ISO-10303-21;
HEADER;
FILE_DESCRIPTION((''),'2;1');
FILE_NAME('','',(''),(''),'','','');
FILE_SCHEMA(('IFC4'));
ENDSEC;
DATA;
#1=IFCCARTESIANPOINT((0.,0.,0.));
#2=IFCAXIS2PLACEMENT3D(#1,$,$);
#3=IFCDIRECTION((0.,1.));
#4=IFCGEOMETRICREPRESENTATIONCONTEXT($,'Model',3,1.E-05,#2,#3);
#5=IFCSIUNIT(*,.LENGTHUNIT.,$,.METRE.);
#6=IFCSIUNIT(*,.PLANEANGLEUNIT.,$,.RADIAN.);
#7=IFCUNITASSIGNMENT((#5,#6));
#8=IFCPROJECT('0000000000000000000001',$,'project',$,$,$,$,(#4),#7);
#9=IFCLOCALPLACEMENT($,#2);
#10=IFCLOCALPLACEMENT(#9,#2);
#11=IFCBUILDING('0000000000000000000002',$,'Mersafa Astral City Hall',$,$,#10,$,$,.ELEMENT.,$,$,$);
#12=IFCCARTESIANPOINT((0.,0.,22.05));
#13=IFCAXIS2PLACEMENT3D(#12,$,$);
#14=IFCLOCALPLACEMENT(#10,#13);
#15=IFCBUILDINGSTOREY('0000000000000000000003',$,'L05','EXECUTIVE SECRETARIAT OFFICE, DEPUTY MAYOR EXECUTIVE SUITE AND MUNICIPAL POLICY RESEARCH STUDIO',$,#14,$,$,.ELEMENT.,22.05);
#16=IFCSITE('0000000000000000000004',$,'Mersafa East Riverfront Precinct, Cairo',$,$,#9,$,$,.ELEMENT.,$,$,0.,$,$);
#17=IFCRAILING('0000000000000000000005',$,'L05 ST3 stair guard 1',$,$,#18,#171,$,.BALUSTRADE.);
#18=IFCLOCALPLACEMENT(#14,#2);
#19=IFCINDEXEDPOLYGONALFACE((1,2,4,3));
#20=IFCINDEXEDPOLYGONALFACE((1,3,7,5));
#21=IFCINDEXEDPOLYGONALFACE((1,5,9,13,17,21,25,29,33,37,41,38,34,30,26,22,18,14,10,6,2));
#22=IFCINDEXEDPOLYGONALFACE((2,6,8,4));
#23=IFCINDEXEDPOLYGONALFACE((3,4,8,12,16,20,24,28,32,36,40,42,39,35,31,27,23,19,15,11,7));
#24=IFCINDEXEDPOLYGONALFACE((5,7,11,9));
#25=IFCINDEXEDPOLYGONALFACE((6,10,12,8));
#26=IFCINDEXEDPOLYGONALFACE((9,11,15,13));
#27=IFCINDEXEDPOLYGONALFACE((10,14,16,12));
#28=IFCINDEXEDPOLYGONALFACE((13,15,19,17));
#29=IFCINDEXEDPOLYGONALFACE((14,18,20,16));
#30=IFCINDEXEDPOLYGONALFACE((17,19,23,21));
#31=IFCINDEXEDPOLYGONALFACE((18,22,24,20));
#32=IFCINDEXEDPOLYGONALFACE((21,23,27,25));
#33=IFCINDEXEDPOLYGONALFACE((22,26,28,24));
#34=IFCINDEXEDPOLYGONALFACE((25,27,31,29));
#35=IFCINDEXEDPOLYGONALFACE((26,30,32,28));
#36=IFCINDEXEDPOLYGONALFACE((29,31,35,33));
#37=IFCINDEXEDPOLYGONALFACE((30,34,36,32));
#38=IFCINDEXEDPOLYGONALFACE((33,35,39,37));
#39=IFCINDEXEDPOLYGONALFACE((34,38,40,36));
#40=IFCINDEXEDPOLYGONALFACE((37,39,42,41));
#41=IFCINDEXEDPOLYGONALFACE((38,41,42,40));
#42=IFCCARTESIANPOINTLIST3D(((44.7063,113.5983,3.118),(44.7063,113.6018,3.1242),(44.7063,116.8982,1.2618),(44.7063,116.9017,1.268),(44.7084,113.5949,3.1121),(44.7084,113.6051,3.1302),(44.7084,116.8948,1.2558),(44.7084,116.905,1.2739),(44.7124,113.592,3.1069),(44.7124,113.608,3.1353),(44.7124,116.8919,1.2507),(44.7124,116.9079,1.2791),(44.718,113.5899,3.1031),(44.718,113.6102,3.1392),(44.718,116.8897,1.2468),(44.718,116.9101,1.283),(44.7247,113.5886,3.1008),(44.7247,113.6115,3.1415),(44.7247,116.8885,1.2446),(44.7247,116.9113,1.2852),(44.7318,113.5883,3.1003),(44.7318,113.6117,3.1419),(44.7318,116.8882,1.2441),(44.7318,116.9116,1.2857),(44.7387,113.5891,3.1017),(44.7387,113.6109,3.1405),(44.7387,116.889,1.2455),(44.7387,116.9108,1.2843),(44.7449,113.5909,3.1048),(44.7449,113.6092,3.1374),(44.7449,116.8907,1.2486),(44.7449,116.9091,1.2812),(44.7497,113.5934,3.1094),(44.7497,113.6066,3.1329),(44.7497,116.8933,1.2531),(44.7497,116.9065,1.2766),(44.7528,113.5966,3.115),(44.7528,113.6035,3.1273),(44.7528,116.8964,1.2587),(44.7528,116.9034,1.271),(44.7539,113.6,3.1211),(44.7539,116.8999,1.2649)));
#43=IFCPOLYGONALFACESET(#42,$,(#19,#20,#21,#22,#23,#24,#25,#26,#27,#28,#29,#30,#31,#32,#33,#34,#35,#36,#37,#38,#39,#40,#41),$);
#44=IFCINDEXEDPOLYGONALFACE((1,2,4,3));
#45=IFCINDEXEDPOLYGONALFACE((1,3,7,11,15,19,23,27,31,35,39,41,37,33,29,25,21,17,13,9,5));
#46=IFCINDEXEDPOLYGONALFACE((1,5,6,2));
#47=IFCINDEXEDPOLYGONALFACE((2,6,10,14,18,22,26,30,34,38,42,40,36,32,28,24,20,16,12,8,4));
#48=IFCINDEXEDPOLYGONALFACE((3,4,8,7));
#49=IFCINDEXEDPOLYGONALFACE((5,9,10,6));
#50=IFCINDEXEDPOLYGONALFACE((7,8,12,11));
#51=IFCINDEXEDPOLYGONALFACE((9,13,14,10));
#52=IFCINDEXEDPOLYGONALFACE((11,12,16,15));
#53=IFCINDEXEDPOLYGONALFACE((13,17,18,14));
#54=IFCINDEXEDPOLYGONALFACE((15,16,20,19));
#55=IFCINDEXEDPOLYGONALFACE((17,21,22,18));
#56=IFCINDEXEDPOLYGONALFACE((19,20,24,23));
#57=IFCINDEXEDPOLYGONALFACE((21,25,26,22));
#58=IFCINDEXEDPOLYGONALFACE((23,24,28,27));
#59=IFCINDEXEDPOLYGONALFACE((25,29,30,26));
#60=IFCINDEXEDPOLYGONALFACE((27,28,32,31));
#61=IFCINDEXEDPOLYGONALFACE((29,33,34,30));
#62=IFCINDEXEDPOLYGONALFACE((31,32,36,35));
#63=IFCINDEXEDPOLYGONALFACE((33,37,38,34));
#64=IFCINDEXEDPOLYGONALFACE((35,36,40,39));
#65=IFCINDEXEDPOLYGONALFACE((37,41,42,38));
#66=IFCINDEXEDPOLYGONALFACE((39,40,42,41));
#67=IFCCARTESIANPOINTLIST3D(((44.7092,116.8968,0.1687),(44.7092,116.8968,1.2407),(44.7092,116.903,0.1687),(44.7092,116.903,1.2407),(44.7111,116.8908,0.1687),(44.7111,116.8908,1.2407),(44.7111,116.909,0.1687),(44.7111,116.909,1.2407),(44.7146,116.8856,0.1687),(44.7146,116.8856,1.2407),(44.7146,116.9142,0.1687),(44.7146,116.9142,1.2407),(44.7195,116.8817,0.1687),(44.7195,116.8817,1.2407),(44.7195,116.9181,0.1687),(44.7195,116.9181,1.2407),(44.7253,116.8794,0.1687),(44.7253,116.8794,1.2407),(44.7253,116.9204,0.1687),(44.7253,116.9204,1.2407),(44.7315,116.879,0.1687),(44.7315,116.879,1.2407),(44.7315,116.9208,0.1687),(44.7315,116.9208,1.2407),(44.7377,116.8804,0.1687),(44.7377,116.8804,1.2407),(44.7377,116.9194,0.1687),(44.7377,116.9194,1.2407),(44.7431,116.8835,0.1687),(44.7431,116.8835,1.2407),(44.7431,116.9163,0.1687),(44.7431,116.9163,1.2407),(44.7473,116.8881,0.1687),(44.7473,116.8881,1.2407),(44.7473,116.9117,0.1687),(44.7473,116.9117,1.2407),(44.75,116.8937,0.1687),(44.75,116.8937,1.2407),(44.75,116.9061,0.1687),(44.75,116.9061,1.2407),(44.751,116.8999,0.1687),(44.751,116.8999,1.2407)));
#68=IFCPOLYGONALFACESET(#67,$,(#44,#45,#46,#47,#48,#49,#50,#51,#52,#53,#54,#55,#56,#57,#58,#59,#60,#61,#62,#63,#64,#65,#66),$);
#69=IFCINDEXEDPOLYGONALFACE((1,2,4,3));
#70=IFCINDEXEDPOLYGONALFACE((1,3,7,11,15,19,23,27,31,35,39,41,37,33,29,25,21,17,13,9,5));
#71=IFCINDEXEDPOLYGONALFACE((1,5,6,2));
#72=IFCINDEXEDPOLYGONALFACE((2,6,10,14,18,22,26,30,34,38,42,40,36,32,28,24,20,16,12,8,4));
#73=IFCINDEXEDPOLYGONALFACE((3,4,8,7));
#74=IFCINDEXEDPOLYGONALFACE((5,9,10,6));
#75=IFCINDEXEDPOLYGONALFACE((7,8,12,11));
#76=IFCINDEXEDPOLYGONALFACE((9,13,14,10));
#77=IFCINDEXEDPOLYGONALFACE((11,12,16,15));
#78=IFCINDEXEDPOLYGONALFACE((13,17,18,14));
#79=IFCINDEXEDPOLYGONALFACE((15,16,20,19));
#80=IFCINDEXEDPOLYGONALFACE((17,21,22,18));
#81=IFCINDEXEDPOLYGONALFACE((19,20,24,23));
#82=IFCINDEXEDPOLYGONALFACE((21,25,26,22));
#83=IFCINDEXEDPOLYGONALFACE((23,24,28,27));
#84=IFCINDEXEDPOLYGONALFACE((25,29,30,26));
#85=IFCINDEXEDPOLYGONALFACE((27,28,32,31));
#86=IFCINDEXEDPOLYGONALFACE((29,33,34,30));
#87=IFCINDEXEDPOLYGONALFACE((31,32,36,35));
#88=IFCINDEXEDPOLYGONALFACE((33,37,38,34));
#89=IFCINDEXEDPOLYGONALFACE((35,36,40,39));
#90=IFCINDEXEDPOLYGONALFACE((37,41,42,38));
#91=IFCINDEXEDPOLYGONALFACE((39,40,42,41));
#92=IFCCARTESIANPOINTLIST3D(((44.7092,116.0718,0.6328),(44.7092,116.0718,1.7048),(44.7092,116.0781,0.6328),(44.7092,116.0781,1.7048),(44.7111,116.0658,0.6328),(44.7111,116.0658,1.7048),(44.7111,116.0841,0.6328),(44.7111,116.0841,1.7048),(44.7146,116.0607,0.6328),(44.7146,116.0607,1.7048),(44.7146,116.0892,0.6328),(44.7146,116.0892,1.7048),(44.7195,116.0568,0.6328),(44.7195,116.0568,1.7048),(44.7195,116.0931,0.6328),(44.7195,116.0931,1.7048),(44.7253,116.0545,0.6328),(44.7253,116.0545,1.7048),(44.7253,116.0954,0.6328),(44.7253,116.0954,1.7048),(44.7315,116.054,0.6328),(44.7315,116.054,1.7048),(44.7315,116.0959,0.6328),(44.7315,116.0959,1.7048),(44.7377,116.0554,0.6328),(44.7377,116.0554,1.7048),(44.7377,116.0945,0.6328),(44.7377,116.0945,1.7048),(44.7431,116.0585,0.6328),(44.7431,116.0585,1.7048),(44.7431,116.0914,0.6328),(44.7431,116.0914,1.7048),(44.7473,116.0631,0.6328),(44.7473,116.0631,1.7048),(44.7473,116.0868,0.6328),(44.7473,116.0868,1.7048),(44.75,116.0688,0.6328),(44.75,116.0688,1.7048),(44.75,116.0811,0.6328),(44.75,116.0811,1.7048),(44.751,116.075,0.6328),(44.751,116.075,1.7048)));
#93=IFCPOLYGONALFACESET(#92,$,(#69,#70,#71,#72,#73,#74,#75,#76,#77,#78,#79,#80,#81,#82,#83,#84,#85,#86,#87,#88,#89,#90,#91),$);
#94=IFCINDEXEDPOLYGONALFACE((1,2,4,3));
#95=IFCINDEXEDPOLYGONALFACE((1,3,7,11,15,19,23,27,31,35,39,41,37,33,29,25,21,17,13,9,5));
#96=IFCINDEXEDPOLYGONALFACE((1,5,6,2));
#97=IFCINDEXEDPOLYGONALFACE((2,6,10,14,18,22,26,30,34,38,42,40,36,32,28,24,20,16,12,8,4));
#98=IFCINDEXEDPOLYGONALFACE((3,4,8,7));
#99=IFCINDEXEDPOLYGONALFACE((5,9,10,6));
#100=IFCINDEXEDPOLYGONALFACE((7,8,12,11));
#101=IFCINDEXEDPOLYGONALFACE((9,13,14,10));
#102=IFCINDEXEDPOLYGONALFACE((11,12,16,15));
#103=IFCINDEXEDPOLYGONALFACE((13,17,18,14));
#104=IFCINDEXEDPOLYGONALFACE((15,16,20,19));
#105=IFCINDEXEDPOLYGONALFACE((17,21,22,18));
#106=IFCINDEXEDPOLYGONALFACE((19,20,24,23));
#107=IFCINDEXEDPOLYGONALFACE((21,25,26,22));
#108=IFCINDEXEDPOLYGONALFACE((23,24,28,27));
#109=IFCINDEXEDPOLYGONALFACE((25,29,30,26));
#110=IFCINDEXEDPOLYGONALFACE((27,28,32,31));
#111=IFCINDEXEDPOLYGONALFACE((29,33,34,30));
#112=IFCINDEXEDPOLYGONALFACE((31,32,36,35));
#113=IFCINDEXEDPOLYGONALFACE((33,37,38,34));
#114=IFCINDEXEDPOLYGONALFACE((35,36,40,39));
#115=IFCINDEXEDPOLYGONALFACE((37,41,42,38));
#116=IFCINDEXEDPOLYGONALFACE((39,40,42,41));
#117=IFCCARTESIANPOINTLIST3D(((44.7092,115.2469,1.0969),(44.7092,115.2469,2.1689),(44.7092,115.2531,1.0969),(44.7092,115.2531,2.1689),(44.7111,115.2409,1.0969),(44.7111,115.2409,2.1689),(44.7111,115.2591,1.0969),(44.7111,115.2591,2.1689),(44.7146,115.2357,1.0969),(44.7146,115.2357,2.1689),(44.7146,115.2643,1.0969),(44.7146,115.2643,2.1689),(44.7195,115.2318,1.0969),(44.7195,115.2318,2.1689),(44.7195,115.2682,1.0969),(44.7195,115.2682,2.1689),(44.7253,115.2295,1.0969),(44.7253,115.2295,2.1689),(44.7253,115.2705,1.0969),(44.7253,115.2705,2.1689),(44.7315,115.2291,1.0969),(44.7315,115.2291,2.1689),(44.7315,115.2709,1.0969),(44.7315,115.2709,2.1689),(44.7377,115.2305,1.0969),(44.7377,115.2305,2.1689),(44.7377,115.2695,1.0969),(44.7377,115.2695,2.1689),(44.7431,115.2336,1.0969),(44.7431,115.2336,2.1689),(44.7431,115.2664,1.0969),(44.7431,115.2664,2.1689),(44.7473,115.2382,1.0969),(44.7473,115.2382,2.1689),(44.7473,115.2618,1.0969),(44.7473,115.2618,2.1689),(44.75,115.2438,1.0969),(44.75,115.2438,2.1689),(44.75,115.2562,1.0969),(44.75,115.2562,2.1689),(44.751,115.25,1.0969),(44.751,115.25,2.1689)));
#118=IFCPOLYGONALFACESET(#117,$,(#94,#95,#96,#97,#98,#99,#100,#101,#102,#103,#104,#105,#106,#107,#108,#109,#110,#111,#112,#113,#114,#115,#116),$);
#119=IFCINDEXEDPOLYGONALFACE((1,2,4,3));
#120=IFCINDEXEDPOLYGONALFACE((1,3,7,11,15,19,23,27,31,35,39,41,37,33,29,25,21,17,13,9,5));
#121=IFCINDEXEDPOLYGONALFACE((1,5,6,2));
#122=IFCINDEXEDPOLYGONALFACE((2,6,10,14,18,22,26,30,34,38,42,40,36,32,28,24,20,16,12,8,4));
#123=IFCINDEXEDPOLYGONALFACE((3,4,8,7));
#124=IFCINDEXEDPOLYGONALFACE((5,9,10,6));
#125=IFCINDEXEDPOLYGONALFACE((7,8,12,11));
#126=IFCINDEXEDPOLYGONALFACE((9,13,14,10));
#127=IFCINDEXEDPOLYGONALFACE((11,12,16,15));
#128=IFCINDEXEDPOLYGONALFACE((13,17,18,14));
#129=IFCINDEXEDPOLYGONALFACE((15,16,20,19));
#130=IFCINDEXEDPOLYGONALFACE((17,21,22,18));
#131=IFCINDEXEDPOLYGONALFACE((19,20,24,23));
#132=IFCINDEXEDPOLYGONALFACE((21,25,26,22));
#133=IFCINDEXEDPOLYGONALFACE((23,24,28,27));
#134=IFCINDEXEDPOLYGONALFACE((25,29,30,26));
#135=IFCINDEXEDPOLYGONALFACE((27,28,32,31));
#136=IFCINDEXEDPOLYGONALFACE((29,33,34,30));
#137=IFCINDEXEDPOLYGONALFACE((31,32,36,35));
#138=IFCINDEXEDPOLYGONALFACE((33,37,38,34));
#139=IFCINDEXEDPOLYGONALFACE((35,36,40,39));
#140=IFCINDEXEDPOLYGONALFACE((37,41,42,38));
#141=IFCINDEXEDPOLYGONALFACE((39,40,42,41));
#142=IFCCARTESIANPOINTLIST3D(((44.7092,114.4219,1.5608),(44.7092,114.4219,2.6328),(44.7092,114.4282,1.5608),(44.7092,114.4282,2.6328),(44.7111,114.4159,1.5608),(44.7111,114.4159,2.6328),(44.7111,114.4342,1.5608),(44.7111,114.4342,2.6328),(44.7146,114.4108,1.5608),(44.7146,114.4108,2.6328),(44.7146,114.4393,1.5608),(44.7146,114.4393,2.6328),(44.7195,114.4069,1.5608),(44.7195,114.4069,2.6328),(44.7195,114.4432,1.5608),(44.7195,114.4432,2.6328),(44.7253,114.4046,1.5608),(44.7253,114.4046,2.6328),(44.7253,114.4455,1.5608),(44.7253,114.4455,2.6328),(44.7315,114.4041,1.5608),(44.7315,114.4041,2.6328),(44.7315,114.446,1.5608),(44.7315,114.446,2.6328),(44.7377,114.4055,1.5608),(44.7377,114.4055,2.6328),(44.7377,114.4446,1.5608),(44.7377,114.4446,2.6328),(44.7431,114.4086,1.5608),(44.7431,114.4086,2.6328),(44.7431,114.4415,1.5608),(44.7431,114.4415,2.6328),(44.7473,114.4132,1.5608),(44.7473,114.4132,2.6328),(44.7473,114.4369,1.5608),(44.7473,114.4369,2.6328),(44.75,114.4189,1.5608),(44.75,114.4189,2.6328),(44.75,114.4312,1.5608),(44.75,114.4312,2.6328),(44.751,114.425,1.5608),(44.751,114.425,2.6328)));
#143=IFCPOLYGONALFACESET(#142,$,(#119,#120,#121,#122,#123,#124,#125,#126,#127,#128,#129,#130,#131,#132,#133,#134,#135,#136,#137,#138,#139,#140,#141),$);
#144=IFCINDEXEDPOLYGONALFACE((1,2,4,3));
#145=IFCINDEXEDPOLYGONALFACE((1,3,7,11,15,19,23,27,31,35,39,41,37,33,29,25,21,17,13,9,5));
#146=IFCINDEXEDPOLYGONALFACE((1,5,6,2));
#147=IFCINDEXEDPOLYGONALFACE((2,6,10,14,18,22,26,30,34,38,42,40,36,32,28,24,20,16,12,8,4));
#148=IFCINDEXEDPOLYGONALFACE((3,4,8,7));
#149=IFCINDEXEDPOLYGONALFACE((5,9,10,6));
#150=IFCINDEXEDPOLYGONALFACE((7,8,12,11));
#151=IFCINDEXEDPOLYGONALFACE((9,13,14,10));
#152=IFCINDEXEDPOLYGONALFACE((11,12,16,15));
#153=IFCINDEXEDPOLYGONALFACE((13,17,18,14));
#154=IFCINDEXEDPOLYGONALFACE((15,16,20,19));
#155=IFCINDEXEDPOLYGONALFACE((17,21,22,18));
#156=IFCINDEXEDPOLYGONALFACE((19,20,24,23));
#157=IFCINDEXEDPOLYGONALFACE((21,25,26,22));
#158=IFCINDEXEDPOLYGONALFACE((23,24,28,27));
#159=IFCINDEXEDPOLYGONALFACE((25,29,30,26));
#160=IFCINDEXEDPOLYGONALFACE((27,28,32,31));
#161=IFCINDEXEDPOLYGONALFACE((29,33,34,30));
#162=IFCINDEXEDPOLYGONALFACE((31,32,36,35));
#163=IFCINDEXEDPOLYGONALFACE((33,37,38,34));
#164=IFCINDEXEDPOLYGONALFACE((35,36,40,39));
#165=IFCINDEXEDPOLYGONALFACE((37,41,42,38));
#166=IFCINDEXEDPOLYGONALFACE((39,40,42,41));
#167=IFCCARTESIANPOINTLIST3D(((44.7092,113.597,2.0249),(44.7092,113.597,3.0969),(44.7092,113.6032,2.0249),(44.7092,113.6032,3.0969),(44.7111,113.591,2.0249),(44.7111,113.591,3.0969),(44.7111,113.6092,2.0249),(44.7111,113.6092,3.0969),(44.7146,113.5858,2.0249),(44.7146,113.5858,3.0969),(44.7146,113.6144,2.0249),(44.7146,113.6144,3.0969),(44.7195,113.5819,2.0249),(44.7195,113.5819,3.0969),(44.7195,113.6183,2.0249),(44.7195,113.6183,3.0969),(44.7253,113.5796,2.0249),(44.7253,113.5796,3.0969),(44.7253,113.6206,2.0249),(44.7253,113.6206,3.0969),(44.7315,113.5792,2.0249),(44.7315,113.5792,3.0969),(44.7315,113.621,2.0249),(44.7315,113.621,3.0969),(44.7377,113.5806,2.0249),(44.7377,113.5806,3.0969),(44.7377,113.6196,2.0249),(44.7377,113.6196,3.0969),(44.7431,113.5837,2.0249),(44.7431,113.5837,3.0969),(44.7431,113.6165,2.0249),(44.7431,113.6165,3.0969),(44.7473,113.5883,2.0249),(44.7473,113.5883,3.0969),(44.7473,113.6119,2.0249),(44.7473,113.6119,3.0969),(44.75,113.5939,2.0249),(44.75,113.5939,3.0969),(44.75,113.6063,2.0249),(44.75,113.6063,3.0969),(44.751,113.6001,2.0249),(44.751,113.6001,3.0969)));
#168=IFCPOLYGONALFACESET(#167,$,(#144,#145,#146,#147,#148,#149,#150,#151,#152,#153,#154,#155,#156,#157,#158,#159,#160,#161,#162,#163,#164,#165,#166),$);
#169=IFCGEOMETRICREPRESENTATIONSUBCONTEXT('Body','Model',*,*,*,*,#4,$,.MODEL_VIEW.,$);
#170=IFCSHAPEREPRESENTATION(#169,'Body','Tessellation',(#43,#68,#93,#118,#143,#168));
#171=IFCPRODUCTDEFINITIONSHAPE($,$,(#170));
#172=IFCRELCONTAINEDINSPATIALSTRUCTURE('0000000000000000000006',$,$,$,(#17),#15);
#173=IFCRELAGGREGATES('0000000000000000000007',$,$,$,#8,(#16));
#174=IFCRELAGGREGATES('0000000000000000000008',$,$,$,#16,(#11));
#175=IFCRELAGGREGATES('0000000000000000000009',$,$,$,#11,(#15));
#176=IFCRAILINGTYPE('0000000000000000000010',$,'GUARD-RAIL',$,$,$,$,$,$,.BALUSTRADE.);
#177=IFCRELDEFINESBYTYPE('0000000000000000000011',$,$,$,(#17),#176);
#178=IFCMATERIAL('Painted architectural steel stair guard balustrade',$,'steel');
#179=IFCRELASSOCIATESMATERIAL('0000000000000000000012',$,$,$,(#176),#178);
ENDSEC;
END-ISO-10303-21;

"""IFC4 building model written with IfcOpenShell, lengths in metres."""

from ifc_helpers import new_model, si_unit, direction, frame, origin, origin_2d, place, context, subcontext, project, spatial, circle, extrude, material, type_object, element, save


model = new_model("IFC4")

# Units and contexts
model_context = context("Model", 3, precision=1e-05, world=origin(), true_north=direction((0.0, 1.0)))
body_context = subcontext(model_context, "Body", "Model", "MODEL_VIEW")
ifc_project = project(units=[si_unit("LENGTHUNIT", "METRE"), si_unit("PLANEANGLEUNIT", "RADIAN")], contexts=[model_context])

# Site, building, storey
site_placement = place(None, origin())
site = spatial("IfcSite", under=ifc_project, at=site_placement, Name="Mersafa East Riverfront Precinct, Cairo", CompositionType="ELEMENT", RefElevation=0.0)
building_placement = place(site_placement, origin())
building = spatial("IfcBuilding", under=site, at=building_placement, Name="Mersafa Astral City Hall", CompositionType="ELEMENT")
storey_placement = place(building_placement, frame((0.0, 0.0, 22.05)))
storey = spatial("IfcBuildingStorey", under=building, at=storey_placement, Name="L05", Description="EXECUTIVE SECRETARIAT OFFICE, DEPUTY MAYOR EXECUTIVE SUITE AND MUNICIPAL POLICY RESEARCH STUDIO", CompositionType="ELEMENT", Elevation=22.05)

# Railing
ifc_material_1 = material(Name="Painted architectural steel stair guard balustrade", Category="steel")
railing_type_1 = type_object("IfcRailingType", Name="GUARD-RAIL", PredefinedType="BALUSTRADE", material=ifc_material_1)
railing_1_placement = place(storey_placement, frame((44.73, 116.8999, 0.1687)))
element("IfcRailing", 1, at=railing_1_placement, inside=storey, type_object=railing_type_1, Name="L05 ST3 stair guard 1", PredefinedType="BALUSTRADE", context=body_context, shape_type="SweptSolid", body=[
    extrude(circle(Radius=0.0239, at=origin_2d()), frame((0.0, 0.0, 1.0962), z_axis=(0.0, -0.871569, 0.490273), x_axis=(1.0, 0.0, 0.0)), (0.0, 0.0, 1.0), 3.7861),
    extrude(circle(Radius=0.021, at=origin_2d()), origin(), (0.0, 0.0, 1.0), 1.072),
    extrude(circle(Radius=0.021, at=origin_2d()), frame((0.0, -0.825, 0.4641)), (0.0, 0.0, 1.0), 1.072),
    extrude(circle(Radius=0.021, at=origin_2d()), frame((0.0, -1.6499, 0.9282)), (0.0, 0.0, 1.0), 1.072),
    extrude(circle(Radius=0.021, at=origin_2d()), frame((0.0, -2.4749, 1.3921)), (0.0, 0.0, 1.0), 1.072),
    extrude(circle(Radius=0.021, at=origin_2d()), frame((0.0, -3.2998, 1.8562)), (0.0, 0.0, 1.0), 1.072),
])

save(model, "model.ifc")
